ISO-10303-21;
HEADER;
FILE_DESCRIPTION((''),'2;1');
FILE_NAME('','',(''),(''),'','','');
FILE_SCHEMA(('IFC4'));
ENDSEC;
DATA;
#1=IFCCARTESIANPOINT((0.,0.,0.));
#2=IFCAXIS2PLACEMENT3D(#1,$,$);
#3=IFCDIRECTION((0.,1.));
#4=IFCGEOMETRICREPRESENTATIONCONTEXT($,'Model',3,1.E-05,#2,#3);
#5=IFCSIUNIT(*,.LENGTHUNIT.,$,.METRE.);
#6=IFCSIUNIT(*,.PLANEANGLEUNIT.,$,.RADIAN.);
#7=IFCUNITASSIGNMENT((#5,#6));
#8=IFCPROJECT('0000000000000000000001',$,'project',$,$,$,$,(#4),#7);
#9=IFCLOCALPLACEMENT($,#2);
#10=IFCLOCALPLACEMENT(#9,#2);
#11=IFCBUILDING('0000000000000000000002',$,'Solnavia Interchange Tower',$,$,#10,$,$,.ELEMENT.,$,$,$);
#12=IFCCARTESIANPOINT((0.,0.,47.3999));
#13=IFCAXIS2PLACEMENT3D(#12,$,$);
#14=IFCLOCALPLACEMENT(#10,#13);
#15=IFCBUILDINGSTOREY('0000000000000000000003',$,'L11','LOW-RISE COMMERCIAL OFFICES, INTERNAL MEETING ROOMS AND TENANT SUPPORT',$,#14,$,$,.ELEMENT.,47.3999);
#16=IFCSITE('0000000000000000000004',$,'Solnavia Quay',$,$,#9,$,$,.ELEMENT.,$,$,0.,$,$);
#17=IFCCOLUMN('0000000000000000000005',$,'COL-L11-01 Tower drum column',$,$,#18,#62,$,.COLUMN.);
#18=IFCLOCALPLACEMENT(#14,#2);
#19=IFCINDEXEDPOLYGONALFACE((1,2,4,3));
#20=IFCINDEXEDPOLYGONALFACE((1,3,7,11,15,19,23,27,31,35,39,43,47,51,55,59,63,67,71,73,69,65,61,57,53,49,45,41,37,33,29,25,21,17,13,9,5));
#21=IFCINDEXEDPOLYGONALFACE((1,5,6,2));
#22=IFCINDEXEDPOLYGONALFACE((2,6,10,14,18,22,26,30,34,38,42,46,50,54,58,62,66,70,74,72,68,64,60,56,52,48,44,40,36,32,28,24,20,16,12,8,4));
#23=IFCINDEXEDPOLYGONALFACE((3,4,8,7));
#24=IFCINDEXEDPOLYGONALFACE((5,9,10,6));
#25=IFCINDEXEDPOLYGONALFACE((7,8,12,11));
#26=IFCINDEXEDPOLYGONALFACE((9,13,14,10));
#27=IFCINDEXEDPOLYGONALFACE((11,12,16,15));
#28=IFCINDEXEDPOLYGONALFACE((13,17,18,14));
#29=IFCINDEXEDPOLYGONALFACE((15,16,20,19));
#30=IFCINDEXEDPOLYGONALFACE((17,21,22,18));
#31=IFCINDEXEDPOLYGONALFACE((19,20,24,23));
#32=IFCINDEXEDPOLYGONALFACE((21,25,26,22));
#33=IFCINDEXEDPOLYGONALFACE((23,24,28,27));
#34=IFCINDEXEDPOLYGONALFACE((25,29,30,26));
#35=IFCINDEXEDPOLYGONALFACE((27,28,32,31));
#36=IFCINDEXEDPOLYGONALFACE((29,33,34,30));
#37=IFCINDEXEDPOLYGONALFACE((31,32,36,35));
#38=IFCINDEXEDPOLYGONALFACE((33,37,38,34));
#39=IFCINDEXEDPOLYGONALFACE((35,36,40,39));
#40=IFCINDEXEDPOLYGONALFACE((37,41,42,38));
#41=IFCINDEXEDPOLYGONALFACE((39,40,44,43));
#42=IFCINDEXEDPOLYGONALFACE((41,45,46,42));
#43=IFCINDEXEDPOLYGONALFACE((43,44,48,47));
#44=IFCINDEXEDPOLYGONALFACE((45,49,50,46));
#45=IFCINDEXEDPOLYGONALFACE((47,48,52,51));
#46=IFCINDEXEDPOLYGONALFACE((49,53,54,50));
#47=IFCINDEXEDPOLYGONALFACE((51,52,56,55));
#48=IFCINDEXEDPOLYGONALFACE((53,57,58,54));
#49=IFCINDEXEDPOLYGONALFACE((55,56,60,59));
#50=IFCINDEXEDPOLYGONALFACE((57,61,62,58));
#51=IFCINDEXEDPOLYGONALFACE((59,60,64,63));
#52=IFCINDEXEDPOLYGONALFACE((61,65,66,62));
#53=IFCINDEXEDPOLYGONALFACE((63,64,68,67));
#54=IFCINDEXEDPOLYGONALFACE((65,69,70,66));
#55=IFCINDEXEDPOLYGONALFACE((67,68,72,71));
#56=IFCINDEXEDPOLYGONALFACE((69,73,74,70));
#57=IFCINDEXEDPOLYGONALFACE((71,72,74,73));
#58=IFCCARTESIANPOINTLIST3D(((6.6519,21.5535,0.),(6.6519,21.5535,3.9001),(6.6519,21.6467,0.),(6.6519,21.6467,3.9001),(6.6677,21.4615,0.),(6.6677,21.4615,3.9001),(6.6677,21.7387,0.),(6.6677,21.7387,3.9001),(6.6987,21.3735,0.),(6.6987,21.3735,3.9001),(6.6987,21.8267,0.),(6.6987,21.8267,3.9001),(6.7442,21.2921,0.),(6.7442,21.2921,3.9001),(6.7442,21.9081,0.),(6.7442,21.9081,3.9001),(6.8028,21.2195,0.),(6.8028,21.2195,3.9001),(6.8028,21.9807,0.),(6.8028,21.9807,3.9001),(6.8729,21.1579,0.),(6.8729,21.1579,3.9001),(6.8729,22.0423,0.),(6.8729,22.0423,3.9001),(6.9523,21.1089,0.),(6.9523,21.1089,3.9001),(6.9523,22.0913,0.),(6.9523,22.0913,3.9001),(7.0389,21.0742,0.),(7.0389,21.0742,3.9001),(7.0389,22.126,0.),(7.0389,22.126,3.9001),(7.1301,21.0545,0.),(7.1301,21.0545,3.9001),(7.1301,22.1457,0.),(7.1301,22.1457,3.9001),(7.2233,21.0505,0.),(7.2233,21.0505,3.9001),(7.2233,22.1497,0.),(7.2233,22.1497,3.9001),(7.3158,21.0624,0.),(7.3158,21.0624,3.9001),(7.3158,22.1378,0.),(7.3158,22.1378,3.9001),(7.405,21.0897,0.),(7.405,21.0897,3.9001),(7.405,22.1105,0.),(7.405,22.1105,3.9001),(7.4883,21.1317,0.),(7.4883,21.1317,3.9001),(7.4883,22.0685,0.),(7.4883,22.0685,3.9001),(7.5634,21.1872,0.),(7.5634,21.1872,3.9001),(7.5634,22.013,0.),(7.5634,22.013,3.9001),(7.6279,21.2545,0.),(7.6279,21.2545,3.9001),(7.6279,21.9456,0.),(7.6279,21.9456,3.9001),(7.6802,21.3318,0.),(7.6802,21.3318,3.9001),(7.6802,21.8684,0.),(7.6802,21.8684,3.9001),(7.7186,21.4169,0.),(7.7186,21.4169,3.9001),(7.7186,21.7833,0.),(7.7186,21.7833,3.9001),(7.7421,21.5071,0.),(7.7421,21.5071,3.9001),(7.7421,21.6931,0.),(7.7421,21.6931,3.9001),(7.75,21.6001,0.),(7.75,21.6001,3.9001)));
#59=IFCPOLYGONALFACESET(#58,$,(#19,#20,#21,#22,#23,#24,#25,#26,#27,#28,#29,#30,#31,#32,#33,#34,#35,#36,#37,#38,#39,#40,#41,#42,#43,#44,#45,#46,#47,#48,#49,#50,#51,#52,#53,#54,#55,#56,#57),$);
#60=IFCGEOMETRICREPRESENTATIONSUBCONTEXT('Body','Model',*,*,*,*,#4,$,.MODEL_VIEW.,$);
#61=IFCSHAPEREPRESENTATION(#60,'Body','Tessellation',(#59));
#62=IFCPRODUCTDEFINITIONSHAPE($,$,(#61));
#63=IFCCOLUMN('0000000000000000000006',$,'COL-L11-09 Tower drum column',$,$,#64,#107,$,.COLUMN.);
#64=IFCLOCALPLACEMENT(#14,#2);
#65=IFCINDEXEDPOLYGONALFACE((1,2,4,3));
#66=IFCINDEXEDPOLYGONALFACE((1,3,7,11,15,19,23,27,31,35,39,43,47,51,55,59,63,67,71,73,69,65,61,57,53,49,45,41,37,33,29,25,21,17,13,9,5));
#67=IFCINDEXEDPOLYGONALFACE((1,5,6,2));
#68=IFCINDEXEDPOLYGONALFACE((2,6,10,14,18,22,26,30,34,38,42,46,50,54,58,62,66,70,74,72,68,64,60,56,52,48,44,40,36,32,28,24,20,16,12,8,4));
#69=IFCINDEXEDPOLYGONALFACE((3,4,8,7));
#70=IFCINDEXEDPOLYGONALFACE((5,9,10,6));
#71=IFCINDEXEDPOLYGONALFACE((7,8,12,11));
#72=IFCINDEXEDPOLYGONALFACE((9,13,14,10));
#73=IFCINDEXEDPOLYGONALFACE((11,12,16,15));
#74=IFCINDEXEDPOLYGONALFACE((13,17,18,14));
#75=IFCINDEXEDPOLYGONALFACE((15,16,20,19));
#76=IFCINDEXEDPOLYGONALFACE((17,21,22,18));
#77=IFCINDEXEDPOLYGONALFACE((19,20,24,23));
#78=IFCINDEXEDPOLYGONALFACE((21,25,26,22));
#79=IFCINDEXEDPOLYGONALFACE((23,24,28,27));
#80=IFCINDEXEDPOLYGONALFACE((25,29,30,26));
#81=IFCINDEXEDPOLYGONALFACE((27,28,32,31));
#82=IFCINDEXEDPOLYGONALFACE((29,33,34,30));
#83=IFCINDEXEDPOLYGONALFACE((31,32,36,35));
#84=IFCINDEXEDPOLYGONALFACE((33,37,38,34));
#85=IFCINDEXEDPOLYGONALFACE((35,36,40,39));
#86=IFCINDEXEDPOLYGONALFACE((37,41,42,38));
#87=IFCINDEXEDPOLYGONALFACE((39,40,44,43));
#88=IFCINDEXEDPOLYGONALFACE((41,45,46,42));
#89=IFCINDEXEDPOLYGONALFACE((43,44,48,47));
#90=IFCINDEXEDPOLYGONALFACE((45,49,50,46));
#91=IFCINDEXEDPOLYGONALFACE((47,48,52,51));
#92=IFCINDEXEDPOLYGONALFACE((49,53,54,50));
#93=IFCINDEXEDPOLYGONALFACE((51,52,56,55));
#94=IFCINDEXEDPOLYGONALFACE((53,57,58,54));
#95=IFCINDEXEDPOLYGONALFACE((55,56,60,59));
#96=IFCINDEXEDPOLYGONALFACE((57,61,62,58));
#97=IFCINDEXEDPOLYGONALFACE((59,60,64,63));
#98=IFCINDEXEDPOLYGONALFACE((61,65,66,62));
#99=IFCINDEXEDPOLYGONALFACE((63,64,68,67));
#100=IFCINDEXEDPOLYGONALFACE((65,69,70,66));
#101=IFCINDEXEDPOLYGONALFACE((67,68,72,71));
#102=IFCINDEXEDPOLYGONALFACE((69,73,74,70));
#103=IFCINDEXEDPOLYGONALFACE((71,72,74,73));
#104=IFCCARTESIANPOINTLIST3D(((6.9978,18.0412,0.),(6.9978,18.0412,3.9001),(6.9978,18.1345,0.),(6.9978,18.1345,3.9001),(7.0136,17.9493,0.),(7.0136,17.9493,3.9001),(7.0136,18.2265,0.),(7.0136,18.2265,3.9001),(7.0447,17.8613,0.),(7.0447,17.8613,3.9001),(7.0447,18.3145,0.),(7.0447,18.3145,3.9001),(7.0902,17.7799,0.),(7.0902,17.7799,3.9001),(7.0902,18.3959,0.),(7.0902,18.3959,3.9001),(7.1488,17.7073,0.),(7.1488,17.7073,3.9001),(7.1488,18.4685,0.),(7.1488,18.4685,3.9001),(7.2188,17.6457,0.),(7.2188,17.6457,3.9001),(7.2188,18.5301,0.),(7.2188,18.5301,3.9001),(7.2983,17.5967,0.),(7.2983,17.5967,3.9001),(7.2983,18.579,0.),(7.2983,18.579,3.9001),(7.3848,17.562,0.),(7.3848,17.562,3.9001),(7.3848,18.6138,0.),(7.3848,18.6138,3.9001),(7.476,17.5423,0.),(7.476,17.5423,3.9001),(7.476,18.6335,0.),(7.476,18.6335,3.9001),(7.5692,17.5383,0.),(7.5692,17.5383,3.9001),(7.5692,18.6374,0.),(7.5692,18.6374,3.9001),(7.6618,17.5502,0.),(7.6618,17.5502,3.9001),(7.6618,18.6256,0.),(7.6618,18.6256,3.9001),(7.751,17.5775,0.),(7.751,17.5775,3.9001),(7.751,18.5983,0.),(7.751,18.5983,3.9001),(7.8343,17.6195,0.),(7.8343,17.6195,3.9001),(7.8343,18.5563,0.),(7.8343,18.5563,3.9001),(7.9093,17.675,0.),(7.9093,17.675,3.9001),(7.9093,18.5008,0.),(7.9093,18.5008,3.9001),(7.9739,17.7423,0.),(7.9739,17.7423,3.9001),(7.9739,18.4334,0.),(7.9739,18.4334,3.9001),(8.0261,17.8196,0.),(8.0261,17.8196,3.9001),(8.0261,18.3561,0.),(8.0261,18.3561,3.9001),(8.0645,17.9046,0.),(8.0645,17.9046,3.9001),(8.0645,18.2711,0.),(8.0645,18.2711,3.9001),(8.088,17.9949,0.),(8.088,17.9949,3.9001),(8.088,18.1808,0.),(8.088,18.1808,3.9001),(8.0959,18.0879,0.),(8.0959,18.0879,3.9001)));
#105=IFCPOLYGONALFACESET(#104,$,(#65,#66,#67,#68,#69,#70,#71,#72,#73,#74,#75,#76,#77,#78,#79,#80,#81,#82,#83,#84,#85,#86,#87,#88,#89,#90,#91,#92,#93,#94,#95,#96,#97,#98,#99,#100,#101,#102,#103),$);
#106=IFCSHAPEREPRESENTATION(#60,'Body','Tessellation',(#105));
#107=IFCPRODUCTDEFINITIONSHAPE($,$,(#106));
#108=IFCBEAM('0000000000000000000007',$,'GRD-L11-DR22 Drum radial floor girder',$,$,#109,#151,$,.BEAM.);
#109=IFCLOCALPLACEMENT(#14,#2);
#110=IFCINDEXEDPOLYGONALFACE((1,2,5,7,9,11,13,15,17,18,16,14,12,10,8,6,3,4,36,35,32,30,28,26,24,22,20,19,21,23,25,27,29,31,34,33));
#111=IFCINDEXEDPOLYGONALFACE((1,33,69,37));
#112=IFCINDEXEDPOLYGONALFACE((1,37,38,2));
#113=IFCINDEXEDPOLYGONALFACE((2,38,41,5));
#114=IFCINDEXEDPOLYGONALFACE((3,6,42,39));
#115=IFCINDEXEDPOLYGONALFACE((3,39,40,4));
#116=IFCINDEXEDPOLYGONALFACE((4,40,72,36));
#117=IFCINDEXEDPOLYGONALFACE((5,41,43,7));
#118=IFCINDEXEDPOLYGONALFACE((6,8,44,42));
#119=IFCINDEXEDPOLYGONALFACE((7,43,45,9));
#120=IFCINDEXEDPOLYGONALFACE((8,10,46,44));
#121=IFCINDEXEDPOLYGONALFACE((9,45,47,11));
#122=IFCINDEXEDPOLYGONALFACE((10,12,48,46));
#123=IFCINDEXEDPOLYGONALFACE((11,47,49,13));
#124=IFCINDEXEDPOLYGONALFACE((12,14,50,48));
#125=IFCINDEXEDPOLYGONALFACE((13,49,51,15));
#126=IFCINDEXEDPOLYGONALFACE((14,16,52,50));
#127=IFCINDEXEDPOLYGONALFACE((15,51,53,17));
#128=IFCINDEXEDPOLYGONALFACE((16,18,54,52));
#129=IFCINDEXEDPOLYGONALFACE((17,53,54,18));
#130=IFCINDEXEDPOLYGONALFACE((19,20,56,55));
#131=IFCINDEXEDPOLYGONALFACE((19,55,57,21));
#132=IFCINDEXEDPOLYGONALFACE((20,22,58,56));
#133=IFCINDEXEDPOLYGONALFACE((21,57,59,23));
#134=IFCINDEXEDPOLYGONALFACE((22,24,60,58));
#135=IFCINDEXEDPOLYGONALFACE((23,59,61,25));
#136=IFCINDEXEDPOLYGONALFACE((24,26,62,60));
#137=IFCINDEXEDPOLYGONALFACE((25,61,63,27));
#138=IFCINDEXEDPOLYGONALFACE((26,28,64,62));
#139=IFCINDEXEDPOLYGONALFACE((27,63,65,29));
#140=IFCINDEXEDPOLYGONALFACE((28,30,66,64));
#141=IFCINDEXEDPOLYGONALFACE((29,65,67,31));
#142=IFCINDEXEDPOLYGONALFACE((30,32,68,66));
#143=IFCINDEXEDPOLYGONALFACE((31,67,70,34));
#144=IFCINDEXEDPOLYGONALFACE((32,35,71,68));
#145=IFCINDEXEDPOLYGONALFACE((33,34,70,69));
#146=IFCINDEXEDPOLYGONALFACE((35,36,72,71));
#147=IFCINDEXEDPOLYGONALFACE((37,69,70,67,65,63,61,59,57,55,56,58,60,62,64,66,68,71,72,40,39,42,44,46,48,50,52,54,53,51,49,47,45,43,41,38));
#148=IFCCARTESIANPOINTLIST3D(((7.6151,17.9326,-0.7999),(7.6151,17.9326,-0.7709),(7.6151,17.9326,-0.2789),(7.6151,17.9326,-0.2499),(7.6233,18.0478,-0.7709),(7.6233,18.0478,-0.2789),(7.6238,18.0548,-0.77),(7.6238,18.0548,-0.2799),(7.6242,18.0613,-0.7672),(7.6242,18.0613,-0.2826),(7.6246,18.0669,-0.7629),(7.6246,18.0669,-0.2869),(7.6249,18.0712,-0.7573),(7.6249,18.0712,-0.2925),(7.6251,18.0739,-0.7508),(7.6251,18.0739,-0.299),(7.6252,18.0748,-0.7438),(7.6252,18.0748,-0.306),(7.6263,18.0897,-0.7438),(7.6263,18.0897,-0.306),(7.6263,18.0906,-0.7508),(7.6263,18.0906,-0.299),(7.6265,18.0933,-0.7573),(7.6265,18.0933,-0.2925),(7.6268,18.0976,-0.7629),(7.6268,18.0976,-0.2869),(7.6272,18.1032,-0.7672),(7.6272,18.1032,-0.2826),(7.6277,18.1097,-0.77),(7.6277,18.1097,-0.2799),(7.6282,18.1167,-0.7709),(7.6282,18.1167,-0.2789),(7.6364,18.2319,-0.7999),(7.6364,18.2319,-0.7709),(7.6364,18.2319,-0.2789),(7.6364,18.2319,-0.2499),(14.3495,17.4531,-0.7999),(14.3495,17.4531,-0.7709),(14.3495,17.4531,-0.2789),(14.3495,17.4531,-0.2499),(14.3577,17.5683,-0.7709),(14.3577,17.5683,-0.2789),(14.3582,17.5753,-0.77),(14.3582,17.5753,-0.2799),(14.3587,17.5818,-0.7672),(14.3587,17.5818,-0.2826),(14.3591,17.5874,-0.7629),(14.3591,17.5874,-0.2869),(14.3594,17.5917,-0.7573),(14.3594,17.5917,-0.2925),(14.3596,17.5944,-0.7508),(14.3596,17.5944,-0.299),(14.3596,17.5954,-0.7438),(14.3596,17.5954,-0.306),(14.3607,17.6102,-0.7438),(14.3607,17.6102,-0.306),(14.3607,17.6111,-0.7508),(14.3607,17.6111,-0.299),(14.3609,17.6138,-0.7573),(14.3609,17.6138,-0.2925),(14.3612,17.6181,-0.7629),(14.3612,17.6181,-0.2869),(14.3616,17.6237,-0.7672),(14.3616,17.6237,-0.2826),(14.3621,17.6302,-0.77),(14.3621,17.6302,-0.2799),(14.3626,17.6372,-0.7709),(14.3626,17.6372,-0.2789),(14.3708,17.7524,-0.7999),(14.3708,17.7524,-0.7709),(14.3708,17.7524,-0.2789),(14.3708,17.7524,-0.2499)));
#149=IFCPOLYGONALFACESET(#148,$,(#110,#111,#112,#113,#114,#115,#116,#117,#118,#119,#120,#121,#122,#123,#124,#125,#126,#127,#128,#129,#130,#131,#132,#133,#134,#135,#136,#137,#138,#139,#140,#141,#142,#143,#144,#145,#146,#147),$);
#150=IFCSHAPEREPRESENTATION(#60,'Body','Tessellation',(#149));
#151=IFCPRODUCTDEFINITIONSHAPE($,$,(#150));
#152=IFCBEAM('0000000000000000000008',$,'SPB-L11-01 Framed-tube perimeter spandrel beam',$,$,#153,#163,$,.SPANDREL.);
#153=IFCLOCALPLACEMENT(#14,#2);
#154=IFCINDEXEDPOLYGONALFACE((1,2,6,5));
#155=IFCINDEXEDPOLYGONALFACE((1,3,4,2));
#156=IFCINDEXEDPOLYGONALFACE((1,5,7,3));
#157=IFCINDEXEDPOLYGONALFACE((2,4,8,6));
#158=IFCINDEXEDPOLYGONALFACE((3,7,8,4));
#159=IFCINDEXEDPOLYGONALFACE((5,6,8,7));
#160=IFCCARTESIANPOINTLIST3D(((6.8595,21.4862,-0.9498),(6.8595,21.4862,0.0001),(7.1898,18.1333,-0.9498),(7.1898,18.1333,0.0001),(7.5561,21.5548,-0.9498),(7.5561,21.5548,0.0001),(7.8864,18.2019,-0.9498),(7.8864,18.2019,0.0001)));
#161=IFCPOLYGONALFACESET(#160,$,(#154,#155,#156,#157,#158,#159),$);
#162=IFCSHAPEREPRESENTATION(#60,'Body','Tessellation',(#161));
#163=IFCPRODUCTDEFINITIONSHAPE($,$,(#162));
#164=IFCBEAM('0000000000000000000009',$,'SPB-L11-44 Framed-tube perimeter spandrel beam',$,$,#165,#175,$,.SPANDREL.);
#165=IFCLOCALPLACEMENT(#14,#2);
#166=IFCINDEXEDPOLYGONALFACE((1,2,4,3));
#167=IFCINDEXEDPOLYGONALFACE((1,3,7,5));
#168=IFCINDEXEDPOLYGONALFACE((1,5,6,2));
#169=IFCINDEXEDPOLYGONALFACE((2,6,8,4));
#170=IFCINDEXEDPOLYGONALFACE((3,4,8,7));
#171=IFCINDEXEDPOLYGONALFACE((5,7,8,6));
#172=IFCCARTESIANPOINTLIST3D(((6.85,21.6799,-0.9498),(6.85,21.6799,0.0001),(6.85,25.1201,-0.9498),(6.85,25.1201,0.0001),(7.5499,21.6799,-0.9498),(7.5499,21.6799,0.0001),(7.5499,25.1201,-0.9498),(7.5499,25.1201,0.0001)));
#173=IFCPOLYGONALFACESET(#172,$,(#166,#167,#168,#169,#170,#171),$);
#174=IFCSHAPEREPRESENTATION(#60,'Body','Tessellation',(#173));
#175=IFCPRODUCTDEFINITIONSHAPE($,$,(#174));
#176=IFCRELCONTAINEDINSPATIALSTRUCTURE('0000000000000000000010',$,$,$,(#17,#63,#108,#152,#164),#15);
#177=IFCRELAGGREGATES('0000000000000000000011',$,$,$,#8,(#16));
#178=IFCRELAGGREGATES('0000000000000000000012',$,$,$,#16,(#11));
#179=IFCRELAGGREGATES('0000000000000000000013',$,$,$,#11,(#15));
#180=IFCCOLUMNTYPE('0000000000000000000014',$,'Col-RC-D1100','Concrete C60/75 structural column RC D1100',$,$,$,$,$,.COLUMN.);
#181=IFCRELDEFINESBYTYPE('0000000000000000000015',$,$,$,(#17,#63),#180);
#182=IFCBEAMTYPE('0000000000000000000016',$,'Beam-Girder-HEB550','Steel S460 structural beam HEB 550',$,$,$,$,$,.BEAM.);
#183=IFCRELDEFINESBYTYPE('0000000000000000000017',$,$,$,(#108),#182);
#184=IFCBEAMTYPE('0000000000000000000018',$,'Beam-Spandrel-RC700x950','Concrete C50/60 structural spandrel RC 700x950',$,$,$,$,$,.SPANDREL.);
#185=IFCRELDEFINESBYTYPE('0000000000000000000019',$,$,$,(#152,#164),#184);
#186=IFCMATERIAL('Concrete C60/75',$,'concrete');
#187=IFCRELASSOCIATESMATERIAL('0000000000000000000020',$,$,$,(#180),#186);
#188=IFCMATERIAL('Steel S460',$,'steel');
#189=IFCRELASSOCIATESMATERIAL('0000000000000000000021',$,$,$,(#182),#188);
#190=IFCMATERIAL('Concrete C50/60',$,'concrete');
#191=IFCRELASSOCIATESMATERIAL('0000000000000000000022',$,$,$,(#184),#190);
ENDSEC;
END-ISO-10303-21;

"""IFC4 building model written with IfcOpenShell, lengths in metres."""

from ifc_helpers import new_model, si_unit, direction, frame, origin, origin_2d, place, context, subcontext, project, spatial, rectangle, circle, i_section, extrude, material, material_profile, profile_set, type_object, element, save


model = new_model("IFC4")

# Units and contexts
model_context = context("Model", 3, precision=1e-05, world=origin(), true_north=direction((0.0, 1.0)))
body_context = subcontext(model_context, "Body", "Model", "MODEL_VIEW")
ifc_project = project(units=[si_unit("LENGTHUNIT", "METRE"), si_unit("PLANEANGLEUNIT", "RADIAN")], contexts=[model_context])

# Site, building, storey
site_placement = place(None, origin())
site = spatial("IfcSite", under=ifc_project, at=site_placement, Name="Solnavia Quay", CompositionType="ELEMENT", RefElevation=0.0)
building_placement = place(site_placement, origin())
building = spatial("IfcBuilding", under=site, at=building_placement, Name="Solnavia Interchange Tower", CompositionType="ELEMENT")
storey_placement = place(building_placement, frame((0.0, 0.0, 47.3999)))
storey = spatial("IfcBuildingStorey", under=building, at=storey_placement, Name="L11", Description="LOW-RISE COMMERCIAL OFFICES, INTERNAL MEETING ROOMS AND TENANT SUPPORT", CompositionType="ELEMENT", Elevation=47.3999)

# Columns
ifc_material_1 = material(Name="Concrete C60/75", Category="concrete")
ifc_material_profile_1 = material_profile(ifc_material_1, circle(Radius=0.55, at=origin_2d()), Name="RC D1100")
ifc_profile_set_1 = profile_set([ifc_material_profile_1], Name="Concrete C60/75")
column_type = type_object("IfcColumnType", Name="Col-RC-D1100", Description="Concrete C60/75 structural column RC D1100", PredefinedType="COLUMN", material=ifc_profile_set_1)
for number, where, z_axis, x_axis, name in (
    (1, (7.2, 21.6001, 0.0), (0.0, 0.0, 1.0), (1.0, 0.0, 0.0), "COL-L11-01 Tower drum column"),
    (2, (7.5459, 18.0879, 0.0), (0.0, 0.0, 1.0), (1.0, 0.0, 0.0), "COL-L11-09 Tower drum column"),
):
    element("IfcColumn", number, at=place(storey_placement, frame(where, z_axis=z_axis, x_axis=x_axis)), inside=storey, type_object=column_type, Name=name, PredefinedType="COLUMN", context=body_context, shape_type="SweptSolid", body=[
        extrude(circle(Radius=0.55, at=origin_2d()), origin(), (0.0, 0.0, 1.0), 3.9001),
    ])

# Beams
ifc_material_2 = material(Name="Steel S460", Category="steel")
ifc_material_profile_2 = material_profile(ifc_material_2, i_section(OverallWidth=0.3, OverallDepth=0.55, WebThickness=0.0149, FlangeThickness=0.0291, FilletRadius=0.0271, at=origin_2d()), Name="HEB 550")
ifc_profile_set_2 = profile_set([ifc_material_profile_2], Name="Steel S460")
beam_type_1 = type_object("IfcBeamType", Name="Beam-Girder-HEB550", Description="Steel S460 structural beam HEB 550", PredefinedType="BEAM", material=ifc_profile_set_2)
beam_1_placement = place(storey_placement, frame((7.6257, 18.0823, -0.5249), z_axis=(0.997475, -0.071021, 0.0), x_axis=(0.071021, 0.997475, 0.0)))
element("IfcBeam", 3, at=beam_1_placement, inside=storey, type_object=beam_type_1, Name="GRD-L11-DR22 Drum radial floor girder", PredefinedType="BEAM", context=body_context, shape_type="SweptSolid", body=[
    extrude(i_section(OverallWidth=0.3, OverallDepth=0.55, WebThickness=0.0149, FlangeThickness=0.0291, FilletRadius=0.0271, at=origin_2d()), origin(), (0.0, 0.0, 1.0), 6.7515),
])
ifc_material_3 = material(Name="Concrete C50/60", Category="concrete")
ifc_material_profile_3 = material_profile(ifc_material_3, rectangle(XDim=0.7, YDim=0.95, at=origin_2d()), Name="RC 700x950")
ifc_profile_set_3 = profile_set([ifc_material_profile_3], Name="Concrete C50/60")
beam_type_2 = type_object("IfcBeamType", Name="Beam-Spandrel-RC700x950", Description="Concrete C50/60 structural spandrel RC 700x950", PredefinedType="SPANDREL", material=ifc_profile_set_3)
beam_2_placement = place(storey_placement, frame((7.2078, 21.5205, -0.4749), z_axis=(0.09804, -0.995182, 0.0), x_axis=(0.995182, 0.09804, 0.0)))
element("IfcBeam", 4, at=beam_2_placement, inside=storey, type_object=beam_type_2, Name="SPB-L11-01 Framed-tube perimeter spandrel beam", PredefinedType="SPANDREL", context=body_context, shape_type="SweptSolid", body=[
    extrude(rectangle(XDim=0.7, YDim=0.95, at=origin_2d()), origin(), (0.0, 0.0, 1.0), 3.3691),
])
beam_3_placement = place(storey_placement, frame((7.2, 25.1201, -0.4749), z_axis=(0.0, -1.0, 0.0), x_axis=(1.0, 0.0, 0.0)))
element("IfcBeam", 5, at=beam_3_placement, inside=storey, type_object=beam_type_2, Name="SPB-L11-44 Framed-tube perimeter spandrel beam", PredefinedType="SPANDREL", context=body_context, shape_type="SweptSolid", body=[
    extrude(rectangle(XDim=0.7, YDim=0.95, at=origin_2d()), origin(), (0.0, 0.0, 1.0), 3.4402),
])

save(model, "model.ifc")
